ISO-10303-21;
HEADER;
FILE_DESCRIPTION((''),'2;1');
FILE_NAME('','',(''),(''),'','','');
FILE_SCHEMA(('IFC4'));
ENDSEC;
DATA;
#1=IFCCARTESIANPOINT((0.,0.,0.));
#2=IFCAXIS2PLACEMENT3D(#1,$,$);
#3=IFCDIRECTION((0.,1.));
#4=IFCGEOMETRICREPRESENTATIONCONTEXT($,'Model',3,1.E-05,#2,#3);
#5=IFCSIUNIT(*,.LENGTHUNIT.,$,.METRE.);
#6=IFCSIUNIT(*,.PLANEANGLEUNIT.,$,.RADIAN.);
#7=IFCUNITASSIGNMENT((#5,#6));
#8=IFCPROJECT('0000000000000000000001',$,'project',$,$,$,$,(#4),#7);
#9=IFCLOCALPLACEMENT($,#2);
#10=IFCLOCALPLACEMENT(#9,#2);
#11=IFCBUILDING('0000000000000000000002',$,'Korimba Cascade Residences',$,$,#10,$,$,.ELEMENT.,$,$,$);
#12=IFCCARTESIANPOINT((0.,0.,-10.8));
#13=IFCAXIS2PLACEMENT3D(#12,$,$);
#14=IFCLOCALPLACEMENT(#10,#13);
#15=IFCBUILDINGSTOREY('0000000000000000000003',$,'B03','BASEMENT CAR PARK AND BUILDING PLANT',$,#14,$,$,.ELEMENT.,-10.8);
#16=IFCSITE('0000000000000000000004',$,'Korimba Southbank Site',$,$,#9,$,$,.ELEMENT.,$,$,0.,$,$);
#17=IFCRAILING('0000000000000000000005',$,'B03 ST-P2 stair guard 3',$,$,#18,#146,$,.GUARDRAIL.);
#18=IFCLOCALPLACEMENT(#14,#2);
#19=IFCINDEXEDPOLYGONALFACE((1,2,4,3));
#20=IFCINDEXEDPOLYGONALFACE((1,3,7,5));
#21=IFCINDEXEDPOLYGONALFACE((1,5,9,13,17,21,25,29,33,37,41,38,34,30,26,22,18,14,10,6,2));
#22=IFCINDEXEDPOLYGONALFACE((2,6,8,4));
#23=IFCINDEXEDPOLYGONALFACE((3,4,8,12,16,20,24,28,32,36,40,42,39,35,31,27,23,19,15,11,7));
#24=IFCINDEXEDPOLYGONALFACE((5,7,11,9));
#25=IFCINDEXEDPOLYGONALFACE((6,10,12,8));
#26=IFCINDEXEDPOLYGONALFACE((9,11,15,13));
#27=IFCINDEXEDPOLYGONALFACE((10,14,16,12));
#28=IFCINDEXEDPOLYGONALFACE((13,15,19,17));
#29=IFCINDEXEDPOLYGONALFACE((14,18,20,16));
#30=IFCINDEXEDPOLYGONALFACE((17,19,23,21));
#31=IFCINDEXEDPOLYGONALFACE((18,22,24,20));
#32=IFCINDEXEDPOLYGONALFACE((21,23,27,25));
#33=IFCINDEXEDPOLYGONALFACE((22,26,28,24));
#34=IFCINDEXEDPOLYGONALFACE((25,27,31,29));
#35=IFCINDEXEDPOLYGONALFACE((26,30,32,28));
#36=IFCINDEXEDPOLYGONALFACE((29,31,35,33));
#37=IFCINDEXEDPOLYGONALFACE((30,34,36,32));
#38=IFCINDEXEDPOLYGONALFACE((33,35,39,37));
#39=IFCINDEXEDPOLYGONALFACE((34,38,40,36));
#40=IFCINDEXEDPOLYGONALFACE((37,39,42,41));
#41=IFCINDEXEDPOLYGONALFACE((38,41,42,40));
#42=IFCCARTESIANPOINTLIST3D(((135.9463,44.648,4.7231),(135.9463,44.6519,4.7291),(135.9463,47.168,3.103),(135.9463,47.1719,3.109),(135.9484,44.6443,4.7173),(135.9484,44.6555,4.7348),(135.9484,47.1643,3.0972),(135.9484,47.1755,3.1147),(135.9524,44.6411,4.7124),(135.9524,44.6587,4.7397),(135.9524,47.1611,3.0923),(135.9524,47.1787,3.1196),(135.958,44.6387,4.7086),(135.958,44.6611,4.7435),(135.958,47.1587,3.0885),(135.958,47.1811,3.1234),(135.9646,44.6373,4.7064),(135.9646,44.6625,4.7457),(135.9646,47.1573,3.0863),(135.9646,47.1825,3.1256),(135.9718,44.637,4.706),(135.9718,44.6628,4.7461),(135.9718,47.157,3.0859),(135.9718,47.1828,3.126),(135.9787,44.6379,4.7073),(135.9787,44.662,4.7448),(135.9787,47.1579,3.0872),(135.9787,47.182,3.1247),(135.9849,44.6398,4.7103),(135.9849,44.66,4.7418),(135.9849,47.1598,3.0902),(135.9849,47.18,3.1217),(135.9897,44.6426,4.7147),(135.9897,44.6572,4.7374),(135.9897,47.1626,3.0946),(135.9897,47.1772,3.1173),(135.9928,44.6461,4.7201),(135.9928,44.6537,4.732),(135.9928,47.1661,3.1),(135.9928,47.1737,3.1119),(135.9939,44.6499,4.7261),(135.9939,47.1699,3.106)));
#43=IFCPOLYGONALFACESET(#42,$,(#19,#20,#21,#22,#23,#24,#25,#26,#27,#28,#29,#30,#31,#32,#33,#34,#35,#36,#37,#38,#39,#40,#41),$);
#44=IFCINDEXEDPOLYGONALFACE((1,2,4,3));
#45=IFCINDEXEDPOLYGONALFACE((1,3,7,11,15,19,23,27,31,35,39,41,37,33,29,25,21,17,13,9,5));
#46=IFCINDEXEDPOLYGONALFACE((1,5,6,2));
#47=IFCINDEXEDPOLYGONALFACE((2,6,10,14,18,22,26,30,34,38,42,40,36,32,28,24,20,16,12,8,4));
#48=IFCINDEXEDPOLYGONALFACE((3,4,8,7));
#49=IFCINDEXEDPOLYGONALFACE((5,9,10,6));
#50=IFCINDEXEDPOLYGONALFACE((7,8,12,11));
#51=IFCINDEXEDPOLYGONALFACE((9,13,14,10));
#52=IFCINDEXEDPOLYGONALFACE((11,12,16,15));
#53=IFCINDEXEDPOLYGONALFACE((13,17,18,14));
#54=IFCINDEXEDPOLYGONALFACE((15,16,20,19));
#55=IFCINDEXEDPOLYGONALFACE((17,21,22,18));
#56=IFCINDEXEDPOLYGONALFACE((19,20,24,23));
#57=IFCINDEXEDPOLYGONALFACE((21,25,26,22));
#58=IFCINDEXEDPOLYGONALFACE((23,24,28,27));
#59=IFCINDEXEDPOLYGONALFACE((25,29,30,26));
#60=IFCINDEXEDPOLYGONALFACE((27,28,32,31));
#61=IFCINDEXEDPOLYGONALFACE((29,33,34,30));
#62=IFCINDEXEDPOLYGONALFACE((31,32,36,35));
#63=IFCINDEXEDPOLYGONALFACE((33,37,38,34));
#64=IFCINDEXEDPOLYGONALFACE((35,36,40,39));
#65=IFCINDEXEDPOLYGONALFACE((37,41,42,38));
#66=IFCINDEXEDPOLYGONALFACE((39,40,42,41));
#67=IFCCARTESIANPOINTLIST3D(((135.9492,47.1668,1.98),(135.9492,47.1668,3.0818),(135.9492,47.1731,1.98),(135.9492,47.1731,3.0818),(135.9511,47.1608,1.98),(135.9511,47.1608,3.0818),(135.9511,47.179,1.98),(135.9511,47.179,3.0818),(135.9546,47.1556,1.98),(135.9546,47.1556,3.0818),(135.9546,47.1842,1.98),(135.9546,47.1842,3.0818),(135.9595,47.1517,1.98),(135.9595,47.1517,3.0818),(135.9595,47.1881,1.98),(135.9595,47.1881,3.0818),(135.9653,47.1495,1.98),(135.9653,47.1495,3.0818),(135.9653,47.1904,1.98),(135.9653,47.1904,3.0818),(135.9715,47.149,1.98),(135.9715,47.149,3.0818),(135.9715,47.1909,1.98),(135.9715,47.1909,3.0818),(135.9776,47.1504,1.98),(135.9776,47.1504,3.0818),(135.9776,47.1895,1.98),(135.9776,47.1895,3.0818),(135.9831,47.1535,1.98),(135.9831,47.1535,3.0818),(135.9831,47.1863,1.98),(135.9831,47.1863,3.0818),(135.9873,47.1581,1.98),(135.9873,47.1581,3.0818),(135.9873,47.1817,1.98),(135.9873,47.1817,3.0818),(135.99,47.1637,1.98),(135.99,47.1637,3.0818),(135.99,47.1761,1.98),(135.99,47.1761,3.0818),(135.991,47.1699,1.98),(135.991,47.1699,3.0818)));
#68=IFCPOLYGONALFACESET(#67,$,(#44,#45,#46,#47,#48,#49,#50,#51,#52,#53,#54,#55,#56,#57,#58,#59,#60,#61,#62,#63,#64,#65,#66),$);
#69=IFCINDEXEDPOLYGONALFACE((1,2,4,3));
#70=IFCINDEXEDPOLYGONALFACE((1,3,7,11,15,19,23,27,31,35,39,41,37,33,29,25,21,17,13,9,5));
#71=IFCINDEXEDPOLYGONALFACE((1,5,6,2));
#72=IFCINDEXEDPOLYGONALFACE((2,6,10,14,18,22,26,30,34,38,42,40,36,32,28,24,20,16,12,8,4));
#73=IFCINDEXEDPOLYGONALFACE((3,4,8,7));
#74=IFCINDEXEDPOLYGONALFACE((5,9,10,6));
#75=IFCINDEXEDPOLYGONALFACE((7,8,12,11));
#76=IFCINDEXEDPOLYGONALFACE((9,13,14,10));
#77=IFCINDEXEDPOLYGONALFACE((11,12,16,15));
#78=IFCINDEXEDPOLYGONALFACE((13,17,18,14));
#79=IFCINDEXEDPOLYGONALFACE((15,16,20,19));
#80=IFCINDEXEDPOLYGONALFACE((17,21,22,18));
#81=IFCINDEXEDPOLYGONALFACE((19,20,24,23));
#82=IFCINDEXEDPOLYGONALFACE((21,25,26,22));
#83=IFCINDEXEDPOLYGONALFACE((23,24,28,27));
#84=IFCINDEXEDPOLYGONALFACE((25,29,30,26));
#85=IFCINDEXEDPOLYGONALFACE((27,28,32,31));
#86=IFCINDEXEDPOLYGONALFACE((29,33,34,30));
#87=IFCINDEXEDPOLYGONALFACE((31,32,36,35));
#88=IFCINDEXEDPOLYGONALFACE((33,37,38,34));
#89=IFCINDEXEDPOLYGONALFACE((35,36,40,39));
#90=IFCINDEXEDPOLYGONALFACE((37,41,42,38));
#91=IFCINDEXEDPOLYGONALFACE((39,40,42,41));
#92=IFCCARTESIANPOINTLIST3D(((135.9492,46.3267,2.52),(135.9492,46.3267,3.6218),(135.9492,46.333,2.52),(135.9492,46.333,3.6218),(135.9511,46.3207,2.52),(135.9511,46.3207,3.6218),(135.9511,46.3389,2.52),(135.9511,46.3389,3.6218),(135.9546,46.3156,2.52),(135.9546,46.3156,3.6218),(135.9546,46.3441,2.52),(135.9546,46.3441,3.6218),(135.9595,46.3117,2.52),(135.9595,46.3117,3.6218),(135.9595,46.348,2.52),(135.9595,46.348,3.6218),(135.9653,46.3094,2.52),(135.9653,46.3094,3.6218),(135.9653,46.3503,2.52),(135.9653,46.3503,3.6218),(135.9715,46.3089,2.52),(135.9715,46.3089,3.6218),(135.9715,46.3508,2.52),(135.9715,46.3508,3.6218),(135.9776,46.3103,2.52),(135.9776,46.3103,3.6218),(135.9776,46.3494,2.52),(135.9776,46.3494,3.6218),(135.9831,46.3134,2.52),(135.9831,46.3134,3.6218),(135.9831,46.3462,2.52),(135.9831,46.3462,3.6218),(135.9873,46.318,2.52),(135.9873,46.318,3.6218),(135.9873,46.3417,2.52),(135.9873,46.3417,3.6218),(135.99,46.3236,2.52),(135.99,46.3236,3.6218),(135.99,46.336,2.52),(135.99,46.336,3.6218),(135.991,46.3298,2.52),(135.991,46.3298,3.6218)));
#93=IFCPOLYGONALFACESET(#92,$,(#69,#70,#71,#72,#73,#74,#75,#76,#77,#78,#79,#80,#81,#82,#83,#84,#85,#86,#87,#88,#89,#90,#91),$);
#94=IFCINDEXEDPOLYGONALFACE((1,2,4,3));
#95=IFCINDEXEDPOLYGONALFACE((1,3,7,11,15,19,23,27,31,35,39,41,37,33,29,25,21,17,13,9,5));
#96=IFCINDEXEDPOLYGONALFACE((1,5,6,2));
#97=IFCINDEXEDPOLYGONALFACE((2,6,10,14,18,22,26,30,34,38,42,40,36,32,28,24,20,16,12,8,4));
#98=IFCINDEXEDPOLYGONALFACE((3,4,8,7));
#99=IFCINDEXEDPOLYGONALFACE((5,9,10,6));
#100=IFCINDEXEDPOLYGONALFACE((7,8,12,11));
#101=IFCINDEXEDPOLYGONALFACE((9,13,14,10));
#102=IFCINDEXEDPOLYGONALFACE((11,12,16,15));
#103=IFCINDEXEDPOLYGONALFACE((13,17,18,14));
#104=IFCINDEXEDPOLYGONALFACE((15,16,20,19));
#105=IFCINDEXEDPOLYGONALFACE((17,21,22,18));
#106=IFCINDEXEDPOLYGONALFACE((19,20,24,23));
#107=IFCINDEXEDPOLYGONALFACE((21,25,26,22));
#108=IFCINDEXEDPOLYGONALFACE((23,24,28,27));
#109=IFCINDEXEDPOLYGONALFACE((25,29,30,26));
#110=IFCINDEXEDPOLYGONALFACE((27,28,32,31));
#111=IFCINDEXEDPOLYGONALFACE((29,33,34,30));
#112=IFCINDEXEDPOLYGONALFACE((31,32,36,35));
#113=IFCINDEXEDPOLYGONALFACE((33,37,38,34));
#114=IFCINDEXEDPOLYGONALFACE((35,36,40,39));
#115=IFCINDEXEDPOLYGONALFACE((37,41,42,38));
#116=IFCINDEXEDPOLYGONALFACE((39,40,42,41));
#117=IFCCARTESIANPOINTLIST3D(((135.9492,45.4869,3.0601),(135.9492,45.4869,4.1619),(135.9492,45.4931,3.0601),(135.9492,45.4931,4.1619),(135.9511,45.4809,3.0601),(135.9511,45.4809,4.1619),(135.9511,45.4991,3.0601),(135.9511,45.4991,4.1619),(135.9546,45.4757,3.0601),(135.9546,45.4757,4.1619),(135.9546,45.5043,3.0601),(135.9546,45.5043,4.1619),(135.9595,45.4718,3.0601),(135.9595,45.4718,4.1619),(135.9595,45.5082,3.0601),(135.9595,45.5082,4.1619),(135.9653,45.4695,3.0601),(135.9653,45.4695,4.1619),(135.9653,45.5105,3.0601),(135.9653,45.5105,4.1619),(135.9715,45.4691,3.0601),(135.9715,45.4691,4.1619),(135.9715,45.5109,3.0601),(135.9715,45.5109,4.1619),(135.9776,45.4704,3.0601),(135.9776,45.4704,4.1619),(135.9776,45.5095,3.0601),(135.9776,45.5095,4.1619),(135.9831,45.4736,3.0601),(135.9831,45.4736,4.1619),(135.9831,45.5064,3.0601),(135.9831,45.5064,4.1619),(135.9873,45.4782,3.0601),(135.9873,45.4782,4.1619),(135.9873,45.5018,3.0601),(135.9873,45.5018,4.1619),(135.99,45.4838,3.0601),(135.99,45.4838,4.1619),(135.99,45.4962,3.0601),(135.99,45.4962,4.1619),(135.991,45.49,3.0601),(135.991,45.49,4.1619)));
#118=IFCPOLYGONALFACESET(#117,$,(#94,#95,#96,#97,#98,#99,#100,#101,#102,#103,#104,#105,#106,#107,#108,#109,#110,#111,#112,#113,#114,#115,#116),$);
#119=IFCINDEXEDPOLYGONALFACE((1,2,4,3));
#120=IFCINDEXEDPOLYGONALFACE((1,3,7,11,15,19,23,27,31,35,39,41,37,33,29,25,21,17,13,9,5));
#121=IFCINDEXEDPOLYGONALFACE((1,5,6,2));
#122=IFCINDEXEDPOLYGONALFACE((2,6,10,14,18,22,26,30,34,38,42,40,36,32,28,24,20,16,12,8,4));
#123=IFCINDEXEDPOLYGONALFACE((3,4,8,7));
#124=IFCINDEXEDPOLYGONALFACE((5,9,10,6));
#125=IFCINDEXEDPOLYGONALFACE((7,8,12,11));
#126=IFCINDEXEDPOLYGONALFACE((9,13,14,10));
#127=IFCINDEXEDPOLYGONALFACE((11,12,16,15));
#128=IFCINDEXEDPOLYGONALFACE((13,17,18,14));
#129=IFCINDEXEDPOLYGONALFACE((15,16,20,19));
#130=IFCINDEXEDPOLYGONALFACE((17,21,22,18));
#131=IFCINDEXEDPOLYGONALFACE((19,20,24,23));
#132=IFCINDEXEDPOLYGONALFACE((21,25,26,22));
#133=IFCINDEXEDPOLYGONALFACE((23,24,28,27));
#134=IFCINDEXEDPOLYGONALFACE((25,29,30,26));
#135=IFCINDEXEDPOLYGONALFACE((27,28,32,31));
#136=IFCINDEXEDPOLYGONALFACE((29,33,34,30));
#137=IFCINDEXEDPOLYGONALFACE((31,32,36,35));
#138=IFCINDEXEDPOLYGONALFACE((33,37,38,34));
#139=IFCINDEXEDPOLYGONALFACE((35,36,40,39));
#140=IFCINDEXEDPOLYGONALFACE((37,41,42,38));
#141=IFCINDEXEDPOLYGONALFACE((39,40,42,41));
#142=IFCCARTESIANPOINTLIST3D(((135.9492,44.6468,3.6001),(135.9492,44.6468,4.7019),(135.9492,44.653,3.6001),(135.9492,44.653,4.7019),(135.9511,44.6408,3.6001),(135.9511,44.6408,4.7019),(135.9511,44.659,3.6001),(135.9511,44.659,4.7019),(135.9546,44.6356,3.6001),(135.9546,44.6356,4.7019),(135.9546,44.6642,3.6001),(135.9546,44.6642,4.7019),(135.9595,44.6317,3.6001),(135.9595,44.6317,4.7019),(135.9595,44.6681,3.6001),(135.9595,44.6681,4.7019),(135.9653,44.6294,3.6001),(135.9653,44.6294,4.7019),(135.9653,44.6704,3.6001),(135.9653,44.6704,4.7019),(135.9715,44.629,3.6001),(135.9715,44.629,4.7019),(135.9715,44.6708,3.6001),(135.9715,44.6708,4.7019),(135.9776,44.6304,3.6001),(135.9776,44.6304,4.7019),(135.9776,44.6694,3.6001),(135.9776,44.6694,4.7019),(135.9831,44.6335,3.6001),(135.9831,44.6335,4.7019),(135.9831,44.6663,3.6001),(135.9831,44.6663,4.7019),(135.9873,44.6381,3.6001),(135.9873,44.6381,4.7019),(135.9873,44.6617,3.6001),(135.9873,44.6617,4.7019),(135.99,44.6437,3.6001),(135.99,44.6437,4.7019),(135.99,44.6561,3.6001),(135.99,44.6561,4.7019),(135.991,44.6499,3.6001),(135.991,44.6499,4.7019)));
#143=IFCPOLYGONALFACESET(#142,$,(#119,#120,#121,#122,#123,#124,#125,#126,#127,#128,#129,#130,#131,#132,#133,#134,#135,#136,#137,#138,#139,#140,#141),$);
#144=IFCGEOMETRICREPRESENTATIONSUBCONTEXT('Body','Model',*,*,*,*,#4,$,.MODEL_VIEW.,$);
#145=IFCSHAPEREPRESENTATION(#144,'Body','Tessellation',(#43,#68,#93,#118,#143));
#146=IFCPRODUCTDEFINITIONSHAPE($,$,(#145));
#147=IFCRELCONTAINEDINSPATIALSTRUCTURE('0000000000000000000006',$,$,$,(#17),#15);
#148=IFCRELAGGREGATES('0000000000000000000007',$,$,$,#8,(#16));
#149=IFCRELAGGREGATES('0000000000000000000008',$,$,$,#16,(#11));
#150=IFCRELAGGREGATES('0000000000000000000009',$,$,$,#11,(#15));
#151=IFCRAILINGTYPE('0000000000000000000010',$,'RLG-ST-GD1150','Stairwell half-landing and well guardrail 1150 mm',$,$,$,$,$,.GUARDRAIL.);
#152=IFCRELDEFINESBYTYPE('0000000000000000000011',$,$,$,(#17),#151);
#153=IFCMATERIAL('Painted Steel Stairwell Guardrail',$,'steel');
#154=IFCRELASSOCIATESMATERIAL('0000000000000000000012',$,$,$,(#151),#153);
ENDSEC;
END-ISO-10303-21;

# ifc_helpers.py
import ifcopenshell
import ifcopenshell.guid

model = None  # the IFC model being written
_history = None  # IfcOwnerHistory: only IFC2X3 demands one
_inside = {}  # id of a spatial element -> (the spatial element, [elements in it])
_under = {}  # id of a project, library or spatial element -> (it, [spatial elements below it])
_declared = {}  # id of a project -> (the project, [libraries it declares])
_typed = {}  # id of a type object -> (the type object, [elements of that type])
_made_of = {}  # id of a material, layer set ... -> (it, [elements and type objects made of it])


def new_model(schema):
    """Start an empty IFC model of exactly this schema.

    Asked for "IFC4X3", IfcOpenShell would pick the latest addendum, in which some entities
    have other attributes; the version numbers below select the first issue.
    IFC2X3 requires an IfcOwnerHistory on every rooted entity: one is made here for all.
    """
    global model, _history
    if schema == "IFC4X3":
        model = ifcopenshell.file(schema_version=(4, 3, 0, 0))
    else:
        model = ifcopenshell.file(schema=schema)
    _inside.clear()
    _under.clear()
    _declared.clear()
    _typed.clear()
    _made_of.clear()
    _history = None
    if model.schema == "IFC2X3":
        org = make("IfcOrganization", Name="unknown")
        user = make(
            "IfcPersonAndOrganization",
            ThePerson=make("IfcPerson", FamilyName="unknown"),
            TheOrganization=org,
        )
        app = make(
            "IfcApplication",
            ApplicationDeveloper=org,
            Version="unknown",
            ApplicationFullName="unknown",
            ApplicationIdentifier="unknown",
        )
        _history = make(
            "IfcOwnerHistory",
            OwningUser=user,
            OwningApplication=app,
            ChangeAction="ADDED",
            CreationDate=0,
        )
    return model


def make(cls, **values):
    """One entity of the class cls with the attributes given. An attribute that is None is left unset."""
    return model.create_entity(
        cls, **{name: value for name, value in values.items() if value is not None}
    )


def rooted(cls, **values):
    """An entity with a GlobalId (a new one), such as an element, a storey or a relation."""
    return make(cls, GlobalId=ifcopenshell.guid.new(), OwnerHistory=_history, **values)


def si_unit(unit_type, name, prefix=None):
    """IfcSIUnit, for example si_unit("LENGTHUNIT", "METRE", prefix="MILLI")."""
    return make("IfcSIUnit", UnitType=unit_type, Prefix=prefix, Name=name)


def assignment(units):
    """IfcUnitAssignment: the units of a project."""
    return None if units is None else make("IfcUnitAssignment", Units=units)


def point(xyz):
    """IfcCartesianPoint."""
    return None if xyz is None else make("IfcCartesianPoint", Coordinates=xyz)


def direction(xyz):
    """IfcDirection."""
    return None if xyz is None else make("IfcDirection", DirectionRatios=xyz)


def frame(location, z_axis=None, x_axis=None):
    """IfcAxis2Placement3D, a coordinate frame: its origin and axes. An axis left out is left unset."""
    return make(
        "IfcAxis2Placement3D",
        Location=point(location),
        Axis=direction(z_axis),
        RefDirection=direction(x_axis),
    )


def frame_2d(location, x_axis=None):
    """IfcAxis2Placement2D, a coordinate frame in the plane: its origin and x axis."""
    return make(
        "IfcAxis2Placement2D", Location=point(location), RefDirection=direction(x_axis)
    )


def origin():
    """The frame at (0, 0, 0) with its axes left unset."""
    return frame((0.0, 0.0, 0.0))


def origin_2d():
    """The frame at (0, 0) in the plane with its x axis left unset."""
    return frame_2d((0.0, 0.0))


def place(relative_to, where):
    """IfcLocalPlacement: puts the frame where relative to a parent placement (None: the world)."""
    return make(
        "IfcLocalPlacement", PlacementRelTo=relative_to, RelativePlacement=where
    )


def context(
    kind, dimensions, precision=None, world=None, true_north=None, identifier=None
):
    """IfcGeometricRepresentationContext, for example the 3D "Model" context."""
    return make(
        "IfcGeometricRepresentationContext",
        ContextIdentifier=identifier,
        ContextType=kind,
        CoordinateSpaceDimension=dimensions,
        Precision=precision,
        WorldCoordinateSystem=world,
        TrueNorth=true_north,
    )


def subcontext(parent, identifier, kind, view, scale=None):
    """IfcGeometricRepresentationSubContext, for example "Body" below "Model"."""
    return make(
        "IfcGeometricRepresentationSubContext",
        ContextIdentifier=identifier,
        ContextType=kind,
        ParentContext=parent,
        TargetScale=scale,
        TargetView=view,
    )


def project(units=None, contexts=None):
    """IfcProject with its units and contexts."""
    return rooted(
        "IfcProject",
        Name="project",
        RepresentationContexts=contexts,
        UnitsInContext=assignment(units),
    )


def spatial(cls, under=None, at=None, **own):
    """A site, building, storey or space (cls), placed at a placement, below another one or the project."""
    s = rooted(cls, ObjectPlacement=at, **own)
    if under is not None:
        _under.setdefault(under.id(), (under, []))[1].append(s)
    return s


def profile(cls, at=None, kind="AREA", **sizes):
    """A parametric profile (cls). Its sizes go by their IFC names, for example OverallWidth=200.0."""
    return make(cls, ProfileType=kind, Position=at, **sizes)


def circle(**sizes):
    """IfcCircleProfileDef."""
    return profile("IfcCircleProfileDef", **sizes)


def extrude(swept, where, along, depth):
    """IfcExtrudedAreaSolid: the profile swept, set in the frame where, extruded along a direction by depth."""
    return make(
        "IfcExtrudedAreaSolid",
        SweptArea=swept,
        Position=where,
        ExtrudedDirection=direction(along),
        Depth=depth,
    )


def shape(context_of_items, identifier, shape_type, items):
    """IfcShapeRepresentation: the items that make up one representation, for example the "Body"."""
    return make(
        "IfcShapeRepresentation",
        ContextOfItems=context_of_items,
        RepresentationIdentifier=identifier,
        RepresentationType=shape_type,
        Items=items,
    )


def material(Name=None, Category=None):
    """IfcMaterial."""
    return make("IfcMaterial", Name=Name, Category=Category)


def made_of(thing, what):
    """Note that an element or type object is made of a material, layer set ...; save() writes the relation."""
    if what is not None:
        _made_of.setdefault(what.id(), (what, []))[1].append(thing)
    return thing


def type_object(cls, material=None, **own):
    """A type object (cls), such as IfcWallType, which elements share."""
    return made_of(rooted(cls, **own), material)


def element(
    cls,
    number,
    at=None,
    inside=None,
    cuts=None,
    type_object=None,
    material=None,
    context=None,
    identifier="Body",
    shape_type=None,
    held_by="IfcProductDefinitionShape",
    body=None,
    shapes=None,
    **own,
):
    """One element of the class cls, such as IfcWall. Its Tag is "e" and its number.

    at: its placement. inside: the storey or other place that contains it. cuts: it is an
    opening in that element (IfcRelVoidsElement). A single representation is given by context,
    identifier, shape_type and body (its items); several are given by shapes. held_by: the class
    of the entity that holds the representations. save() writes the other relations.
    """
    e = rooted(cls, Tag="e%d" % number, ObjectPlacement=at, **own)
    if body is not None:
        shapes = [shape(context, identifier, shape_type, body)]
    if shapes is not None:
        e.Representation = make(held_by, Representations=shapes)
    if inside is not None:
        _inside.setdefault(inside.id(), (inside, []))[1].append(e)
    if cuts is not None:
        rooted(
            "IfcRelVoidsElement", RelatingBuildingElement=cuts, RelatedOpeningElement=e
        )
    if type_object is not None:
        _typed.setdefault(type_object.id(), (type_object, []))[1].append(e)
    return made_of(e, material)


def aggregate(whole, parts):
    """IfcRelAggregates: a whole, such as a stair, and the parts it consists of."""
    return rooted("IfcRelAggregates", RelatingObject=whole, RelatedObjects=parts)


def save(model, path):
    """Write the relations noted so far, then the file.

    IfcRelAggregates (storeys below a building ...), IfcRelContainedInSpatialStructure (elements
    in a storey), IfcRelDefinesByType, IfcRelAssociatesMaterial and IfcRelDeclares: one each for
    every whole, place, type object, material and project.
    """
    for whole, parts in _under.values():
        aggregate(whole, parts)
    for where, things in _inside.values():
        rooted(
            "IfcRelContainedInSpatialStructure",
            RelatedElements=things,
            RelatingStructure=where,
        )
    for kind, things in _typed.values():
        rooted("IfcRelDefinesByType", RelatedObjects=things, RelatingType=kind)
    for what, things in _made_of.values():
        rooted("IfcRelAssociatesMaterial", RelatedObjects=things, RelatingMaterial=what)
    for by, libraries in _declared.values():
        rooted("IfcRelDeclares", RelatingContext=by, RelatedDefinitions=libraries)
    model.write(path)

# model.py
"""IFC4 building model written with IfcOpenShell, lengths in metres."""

from ifc_helpers import new_model, si_unit, direction, frame, origin, origin_2d, place, context, subcontext, project, spatial, circle, extrude, material, type_object, element, save


model = new_model("IFC4")

# Units and contexts
model_context = context("Model", 3, precision=1e-05, world=origin(), true_north=direction((0.0, 1.0)))
body_context = subcontext(model_context, "Body", "Model", "MODEL_VIEW")
ifc_project = project(units=[si_unit("LENGTHUNIT", "METRE"), si_unit("PLANEANGLEUNIT", "RADIAN")], contexts=[model_context])

# Site, building, storey
site_placement = place(None, origin())
site = spatial("IfcSite", under=ifc_project, at=site_placement, Name="Korimba Southbank Site", CompositionType="ELEMENT", RefElevation=0.0)
building_placement = place(site_placement, origin())
building = spatial("IfcBuilding", under=site, at=building_placement, Name="Korimba Cascade Residences", CompositionType="ELEMENT")
storey_placement = place(building_placement, frame((0.0, 0.0, -10.8)))
storey = spatial("IfcBuildingStorey", under=building, at=storey_placement, Name="B03", Description="BASEMENT CAR PARK AND BUILDING PLANT", CompositionType="ELEMENT", Elevation=-10.8)

# Railing
ifc_material_1 = material(Name="Painted Steel Stairwell Guardrail", Category="steel")
railing_type_1 = type_object("IfcRailingType", Name="RLG-ST-GD1150", Description="Stairwell half-landing and well guardrail 1150 mm", PredefinedType="GUARDRAIL", material=ifc_material_1)
railing_1_placement = place(storey_placement, frame((135.97, 47.1699, 1.98)))
element("IfcRailing", 1, at=railing_1_placement, inside=storey, type_object=railing_type_1, Name="B03 ST-P2 stair guard 3", PredefinedType="GUARDRAIL", context=body_context, shape_type="SweptSolid", body=[
    extrude(circle(Radius=0.0239, at=origin_2d()), frame((0.0, 0.0, 1.126), z_axis=(0.0, -0.841163, 0.540782), x_axis=(1.0, 0.0, 0.0)), (0.0, 0.0, 1.0), 2.9958),
    extrude(circle(Radius=0.021, at=origin_2d()), origin(), (0.0, 0.0, 1.0), 1.1018),
    extrude(circle(Radius=0.021, at=origin_2d()), frame((0.0, -0.8401, 0.54)), (0.0, 0.0, 1.0), 1.1018),
    extrude(circle(Radius=0.021, at=origin_2d()), frame((0.0, -1.6799, 1.0801)), (0.0, 0.0, 1.0), 1.1018),
    extrude(circle(Radius=0.021, at=origin_2d()), frame((0.0, -2.52, 1.6201)), (0.0, 0.0, 1.0), 1.1018),
])

save(model, "model.ifc")
